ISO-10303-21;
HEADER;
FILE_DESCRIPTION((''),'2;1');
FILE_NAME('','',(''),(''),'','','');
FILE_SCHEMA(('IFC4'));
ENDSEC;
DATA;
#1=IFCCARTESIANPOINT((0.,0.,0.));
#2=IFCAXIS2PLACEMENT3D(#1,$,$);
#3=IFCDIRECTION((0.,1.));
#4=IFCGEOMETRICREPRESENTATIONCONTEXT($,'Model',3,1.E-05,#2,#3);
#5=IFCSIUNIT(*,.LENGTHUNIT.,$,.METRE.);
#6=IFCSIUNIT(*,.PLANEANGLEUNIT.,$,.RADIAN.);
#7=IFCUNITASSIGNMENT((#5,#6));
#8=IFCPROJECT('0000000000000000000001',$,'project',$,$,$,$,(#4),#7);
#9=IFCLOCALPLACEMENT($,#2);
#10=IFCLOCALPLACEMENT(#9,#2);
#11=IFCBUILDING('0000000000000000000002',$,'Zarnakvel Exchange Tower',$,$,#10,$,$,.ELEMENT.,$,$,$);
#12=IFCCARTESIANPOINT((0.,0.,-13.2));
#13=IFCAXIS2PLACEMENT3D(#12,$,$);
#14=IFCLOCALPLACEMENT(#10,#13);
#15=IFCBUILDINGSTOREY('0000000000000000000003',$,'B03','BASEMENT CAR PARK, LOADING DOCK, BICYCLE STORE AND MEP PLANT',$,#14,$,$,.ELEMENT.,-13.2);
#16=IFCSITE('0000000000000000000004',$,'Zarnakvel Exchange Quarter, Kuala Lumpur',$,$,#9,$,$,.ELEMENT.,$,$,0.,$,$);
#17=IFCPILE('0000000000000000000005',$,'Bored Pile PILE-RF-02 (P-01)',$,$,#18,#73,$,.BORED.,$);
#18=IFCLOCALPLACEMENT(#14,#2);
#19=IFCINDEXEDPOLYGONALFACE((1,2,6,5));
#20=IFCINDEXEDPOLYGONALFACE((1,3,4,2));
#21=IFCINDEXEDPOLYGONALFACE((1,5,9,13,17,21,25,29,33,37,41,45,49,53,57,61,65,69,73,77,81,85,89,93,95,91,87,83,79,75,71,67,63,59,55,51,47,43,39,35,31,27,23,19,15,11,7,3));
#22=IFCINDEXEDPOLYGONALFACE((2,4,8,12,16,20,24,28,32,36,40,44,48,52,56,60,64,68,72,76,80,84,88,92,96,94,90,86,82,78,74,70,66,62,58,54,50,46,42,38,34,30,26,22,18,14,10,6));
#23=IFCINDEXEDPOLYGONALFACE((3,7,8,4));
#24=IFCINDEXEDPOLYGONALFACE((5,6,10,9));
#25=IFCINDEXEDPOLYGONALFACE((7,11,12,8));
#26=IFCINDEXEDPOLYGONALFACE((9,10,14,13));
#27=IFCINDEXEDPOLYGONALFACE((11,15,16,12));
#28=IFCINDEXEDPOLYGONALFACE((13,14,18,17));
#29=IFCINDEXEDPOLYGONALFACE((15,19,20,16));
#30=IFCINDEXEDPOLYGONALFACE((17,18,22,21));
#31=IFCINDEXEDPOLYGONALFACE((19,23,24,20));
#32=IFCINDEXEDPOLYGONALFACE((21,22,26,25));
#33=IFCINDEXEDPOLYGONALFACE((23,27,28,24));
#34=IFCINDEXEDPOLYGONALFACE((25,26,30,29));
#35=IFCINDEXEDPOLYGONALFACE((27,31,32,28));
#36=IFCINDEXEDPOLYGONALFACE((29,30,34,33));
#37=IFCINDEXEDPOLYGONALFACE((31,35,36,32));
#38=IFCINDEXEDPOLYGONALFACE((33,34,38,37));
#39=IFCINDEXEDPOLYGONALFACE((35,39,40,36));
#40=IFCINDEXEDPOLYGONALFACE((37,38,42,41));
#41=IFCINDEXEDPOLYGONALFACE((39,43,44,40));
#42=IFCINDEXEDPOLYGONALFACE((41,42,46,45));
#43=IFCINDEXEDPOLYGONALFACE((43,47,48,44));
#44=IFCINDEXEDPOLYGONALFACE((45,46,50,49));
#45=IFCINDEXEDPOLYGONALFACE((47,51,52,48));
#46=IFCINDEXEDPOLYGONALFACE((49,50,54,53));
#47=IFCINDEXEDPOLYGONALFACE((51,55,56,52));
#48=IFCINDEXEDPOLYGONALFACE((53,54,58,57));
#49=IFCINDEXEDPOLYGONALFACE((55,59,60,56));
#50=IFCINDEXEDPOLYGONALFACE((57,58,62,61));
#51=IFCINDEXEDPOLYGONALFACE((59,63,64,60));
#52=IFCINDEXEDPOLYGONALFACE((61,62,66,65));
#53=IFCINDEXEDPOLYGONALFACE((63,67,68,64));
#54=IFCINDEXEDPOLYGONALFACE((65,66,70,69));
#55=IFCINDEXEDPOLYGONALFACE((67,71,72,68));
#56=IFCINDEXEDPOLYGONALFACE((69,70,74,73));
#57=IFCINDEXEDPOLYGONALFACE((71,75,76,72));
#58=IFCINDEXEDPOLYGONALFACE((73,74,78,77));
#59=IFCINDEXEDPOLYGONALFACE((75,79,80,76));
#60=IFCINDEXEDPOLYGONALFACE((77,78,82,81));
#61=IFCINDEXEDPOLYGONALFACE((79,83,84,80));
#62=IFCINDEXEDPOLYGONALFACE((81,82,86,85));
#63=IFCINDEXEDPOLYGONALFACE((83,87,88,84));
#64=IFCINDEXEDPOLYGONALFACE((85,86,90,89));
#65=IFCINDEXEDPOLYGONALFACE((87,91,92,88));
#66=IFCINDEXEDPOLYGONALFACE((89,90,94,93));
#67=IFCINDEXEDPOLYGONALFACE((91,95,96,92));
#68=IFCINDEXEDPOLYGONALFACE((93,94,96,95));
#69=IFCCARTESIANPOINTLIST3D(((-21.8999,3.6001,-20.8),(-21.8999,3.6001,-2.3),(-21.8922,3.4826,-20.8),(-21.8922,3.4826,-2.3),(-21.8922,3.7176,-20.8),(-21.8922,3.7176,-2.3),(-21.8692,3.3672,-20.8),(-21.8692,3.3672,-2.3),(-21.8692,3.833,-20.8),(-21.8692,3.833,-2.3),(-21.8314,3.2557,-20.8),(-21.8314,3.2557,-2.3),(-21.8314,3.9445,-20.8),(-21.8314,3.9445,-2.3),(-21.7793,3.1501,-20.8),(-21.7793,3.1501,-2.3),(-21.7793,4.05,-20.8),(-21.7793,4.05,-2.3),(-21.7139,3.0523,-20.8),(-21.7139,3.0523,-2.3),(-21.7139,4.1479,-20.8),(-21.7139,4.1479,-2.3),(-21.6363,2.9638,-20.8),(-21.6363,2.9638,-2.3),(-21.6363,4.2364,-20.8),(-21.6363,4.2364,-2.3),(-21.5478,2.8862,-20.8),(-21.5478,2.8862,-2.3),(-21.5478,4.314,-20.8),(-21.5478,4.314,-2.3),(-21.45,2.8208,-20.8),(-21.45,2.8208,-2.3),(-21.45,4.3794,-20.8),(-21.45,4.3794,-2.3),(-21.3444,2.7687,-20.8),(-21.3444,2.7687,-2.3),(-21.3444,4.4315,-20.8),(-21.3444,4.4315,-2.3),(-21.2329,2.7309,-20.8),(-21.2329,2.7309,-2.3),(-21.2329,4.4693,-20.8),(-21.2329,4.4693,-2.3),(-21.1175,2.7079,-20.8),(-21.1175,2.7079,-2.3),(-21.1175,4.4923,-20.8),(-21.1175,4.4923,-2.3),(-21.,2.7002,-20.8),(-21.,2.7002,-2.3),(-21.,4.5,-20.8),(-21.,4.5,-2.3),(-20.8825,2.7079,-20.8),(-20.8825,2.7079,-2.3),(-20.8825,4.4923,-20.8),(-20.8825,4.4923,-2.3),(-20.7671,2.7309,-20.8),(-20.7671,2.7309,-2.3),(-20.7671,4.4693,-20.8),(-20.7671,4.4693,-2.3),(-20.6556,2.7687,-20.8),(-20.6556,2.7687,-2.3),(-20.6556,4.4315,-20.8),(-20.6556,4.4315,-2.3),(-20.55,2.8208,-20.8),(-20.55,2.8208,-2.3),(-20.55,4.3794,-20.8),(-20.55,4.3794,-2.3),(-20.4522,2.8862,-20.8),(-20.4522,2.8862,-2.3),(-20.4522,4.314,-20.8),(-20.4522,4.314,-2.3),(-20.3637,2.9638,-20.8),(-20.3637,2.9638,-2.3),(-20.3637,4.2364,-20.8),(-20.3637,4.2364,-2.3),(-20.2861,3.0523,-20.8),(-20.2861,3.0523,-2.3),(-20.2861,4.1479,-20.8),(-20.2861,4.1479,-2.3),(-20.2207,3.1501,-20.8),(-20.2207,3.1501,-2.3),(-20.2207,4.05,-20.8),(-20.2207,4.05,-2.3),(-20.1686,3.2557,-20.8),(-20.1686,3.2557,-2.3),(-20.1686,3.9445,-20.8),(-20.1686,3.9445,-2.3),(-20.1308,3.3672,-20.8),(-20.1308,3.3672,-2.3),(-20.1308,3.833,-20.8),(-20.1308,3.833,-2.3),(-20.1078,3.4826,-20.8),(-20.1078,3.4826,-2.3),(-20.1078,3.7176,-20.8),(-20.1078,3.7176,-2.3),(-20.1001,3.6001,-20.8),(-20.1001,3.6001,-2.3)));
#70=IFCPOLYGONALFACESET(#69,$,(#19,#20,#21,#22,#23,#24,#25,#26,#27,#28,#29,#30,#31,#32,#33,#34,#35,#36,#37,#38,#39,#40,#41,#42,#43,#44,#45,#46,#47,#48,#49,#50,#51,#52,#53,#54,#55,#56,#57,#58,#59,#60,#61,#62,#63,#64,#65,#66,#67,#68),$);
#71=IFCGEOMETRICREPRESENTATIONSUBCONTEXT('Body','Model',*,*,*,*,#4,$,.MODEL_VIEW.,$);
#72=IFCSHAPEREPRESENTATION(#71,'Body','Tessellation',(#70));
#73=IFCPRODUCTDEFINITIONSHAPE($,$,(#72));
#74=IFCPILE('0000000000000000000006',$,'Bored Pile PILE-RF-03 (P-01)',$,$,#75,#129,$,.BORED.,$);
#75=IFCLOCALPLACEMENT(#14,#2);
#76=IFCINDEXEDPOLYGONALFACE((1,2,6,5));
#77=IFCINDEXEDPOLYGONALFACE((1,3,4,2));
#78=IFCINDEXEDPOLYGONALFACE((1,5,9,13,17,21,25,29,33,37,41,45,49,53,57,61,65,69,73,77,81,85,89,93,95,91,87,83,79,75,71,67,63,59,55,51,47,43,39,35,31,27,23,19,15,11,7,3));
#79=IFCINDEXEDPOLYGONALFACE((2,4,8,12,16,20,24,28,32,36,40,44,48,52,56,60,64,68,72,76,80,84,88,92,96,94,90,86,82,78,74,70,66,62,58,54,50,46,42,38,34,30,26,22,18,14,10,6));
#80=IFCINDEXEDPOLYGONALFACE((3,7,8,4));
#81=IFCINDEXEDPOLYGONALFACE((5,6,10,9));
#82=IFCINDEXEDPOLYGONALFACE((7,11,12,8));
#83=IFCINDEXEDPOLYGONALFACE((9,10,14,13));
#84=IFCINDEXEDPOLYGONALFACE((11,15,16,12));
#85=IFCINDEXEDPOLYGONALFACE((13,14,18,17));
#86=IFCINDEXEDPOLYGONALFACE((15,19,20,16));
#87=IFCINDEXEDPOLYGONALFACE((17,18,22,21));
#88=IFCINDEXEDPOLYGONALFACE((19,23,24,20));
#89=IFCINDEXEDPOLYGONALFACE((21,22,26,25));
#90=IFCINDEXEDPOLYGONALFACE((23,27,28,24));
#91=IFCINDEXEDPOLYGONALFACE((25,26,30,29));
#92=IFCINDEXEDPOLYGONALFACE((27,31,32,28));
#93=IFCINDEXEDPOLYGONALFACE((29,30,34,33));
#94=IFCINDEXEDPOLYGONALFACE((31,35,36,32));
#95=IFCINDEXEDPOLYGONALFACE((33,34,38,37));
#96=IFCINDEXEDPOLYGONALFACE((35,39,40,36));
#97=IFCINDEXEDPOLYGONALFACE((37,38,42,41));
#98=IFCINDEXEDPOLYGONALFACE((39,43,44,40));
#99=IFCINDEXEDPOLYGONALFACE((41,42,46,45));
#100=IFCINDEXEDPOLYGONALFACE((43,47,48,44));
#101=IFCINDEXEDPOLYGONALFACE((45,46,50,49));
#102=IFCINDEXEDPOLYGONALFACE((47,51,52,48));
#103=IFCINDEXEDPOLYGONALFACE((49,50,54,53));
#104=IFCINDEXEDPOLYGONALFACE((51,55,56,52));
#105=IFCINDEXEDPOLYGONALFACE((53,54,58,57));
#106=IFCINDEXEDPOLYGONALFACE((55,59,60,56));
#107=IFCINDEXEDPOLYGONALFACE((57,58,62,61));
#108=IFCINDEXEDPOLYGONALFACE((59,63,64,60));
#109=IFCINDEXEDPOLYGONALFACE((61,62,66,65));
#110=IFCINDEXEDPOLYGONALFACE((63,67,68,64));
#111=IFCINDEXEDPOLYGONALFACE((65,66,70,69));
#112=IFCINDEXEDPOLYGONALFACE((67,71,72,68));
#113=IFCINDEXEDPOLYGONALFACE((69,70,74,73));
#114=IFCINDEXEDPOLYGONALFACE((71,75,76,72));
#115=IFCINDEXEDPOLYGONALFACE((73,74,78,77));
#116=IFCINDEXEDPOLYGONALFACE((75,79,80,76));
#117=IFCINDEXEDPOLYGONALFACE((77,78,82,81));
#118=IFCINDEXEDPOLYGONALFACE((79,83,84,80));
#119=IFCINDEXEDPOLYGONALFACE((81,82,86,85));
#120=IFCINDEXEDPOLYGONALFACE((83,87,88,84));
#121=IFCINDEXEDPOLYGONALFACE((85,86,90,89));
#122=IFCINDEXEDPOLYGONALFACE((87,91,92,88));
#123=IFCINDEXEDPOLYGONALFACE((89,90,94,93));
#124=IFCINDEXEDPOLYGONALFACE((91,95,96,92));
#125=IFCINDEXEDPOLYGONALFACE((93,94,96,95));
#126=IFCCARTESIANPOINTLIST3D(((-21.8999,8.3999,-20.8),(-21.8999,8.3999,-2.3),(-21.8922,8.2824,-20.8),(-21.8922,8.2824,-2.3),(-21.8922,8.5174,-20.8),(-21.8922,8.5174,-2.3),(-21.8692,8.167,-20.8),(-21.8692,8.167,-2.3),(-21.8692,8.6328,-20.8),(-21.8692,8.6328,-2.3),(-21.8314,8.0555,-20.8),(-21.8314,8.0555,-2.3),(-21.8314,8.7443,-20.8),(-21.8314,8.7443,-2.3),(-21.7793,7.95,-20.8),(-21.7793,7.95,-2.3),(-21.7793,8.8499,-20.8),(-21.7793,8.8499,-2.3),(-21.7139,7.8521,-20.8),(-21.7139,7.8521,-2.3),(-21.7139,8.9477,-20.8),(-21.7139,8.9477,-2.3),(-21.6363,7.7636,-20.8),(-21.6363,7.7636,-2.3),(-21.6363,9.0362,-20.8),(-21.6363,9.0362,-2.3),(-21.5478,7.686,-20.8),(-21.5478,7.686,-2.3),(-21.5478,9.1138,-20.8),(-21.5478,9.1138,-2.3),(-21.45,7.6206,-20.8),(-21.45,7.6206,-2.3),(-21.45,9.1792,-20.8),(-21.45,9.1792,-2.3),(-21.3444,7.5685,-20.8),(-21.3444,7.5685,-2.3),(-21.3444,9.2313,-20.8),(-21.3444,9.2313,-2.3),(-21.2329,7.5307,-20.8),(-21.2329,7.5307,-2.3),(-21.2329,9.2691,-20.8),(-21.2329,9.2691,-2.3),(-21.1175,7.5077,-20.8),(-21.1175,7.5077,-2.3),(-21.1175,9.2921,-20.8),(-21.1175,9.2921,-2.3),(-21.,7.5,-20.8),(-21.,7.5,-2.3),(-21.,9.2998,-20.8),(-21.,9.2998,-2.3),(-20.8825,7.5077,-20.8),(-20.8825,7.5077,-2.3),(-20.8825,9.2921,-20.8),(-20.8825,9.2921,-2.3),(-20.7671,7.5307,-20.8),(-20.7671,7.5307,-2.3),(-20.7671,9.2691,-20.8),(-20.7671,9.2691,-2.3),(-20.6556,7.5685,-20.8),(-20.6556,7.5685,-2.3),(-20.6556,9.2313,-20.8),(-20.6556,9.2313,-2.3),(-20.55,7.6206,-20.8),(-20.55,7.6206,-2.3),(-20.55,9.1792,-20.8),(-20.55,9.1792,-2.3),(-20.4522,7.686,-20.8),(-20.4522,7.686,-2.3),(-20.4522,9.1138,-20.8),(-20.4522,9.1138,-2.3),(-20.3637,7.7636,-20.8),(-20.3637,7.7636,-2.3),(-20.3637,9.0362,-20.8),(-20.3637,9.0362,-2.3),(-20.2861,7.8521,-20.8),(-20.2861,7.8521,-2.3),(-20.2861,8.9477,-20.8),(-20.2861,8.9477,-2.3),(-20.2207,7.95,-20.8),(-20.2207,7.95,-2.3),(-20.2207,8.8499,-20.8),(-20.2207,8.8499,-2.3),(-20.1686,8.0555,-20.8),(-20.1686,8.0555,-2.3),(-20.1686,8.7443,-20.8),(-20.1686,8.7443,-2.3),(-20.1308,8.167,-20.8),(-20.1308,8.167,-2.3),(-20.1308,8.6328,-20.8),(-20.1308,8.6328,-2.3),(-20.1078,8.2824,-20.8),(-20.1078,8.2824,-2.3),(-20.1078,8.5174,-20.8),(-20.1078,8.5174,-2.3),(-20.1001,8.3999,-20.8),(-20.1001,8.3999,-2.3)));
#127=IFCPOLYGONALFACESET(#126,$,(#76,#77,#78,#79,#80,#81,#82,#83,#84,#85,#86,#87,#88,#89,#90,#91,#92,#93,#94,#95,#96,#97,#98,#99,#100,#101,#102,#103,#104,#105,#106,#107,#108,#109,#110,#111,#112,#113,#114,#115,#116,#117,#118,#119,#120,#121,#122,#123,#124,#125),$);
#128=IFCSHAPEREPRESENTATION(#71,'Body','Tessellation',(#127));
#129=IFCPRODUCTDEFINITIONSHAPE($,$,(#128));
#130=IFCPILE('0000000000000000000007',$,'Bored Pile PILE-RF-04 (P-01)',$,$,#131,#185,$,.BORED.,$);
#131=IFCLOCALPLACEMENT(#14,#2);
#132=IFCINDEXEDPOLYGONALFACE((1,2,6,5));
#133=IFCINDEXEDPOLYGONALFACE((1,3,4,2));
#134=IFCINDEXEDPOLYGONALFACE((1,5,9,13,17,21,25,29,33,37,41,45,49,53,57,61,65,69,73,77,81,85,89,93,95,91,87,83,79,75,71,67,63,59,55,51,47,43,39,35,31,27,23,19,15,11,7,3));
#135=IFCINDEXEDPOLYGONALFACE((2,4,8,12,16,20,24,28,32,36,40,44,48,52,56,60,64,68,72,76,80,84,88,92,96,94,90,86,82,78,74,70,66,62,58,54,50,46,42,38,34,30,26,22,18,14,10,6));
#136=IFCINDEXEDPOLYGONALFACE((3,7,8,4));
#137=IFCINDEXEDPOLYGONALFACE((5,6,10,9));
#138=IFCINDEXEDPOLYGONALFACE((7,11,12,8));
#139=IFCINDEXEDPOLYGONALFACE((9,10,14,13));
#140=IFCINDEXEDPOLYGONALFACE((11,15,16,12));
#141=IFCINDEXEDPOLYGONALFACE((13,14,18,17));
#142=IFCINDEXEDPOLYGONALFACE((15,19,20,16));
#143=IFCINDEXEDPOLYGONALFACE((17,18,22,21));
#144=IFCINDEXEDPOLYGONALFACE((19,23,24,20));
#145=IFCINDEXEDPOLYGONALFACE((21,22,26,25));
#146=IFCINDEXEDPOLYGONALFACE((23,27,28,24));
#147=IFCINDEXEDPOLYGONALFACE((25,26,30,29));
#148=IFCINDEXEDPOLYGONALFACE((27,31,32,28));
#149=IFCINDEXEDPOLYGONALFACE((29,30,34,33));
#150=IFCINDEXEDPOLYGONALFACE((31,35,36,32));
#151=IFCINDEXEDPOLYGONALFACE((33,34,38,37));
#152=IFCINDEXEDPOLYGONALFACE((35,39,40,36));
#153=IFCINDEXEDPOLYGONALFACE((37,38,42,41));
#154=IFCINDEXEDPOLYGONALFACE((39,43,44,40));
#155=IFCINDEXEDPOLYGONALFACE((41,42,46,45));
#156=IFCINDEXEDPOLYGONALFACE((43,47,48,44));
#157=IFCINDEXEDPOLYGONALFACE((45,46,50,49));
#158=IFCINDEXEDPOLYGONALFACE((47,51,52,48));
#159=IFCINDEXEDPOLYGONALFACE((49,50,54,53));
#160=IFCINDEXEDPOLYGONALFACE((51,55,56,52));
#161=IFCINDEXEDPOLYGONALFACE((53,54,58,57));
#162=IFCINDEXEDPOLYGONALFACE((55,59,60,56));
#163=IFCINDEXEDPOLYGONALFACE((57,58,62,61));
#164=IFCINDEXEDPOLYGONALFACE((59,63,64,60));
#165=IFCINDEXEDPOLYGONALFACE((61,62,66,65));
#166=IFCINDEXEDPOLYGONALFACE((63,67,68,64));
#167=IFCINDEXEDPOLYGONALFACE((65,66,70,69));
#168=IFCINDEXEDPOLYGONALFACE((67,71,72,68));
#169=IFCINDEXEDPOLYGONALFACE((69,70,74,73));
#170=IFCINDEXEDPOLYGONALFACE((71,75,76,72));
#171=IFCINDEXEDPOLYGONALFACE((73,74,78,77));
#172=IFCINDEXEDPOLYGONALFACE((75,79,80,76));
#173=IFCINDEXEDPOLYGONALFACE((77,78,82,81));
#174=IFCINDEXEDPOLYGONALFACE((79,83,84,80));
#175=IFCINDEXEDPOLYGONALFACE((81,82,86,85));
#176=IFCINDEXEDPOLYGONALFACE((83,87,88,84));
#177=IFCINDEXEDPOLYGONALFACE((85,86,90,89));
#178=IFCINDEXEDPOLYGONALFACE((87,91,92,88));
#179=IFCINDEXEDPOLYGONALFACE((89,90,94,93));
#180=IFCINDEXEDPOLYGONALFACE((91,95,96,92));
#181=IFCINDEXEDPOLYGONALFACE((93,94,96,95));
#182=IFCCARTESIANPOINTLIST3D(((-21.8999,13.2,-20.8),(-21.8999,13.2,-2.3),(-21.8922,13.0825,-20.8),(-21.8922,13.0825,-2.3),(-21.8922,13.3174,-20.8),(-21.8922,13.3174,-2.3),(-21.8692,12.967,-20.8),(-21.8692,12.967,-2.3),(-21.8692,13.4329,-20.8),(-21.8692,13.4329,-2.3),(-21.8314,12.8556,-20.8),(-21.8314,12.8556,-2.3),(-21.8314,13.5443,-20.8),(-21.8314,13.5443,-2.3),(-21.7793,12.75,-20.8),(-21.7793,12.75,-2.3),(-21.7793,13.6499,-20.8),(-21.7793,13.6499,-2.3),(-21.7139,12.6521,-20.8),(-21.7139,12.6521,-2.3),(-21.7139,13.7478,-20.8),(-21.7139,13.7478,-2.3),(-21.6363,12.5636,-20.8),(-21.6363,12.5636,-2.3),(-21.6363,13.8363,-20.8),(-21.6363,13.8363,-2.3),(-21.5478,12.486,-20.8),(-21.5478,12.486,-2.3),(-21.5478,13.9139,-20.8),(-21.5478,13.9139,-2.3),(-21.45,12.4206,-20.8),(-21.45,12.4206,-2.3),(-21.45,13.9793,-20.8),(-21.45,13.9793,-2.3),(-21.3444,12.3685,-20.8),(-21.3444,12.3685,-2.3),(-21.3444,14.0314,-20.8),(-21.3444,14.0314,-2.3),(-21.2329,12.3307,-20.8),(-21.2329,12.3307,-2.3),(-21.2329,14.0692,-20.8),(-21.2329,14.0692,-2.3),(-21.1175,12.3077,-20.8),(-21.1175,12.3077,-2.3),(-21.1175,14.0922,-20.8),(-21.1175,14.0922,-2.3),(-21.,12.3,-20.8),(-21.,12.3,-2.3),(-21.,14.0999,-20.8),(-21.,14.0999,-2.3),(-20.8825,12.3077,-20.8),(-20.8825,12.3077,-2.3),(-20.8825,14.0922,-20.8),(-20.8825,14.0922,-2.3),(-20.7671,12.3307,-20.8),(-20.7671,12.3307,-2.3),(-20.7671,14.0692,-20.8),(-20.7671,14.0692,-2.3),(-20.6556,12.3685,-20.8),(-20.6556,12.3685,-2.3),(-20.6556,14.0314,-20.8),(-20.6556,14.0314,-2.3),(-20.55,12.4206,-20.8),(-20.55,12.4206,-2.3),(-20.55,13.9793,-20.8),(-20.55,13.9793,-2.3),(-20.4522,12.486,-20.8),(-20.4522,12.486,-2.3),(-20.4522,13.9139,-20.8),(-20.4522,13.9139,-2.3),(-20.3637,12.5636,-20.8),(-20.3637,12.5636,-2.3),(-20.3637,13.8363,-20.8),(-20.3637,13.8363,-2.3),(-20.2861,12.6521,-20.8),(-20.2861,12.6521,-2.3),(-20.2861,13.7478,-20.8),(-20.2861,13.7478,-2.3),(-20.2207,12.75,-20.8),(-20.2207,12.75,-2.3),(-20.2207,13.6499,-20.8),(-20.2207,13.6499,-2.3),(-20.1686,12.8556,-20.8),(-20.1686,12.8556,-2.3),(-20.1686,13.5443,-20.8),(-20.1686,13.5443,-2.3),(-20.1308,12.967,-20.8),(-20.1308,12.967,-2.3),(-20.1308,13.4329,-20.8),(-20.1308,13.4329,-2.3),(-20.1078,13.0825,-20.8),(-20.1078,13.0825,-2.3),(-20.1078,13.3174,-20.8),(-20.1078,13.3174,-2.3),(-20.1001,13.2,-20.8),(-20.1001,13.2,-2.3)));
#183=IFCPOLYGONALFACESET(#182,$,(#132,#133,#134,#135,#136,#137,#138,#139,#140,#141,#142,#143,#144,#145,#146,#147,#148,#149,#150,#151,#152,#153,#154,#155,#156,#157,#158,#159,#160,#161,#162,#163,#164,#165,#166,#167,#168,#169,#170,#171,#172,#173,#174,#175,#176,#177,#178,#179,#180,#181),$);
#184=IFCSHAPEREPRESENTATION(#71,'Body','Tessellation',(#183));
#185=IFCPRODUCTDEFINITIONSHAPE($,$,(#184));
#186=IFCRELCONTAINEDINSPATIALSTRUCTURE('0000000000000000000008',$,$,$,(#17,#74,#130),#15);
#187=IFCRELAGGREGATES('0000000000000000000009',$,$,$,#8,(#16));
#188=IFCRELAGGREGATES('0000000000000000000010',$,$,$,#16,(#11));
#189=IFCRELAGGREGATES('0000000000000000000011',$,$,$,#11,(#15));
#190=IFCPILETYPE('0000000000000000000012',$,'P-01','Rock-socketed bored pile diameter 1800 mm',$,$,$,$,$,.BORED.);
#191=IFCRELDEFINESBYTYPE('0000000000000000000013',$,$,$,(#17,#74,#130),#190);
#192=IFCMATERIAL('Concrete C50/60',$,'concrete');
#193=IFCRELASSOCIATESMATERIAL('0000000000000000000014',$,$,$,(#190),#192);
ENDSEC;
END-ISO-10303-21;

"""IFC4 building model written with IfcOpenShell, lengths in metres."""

from ifc_helpers import new_model, si_unit, direction, frame, origin, origin_2d, place, context, subcontext, project, spatial, circle, extrude, material, material_profile, profile_set, type_object, element, save


model = new_model("IFC4")

# Units and contexts
model_context = context("Model", 3, precision=1e-05, world=origin(), true_north=direction((0.0, 1.0)))
body_context = subcontext(model_context, "Body", "Model", "MODEL_VIEW")
ifc_project = project(units=[si_unit("LENGTHUNIT", "METRE"), si_unit("PLANEANGLEUNIT", "RADIAN")], contexts=[model_context])

# Site, building, storey
site_placement = place(None, origin())
site = spatial("IfcSite", under=ifc_project, at=site_placement, Name="Zarnakvel Exchange Quarter, Kuala Lumpur", CompositionType="ELEMENT", RefElevation=0.0)
building_placement = place(site_placement, origin())
building = spatial("IfcBuilding", under=site, at=building_placement, Name="Zarnakvel Exchange Tower", CompositionType="ELEMENT")
storey_placement = place(building_placement, frame((0.0, 0.0, -13.2)))
storey = spatial("IfcBuildingStorey", under=building, at=storey_placement, Name="B03", Description="BASEMENT CAR PARK, LOADING DOCK, BICYCLE STORE AND MEP PLANT", CompositionType="ELEMENT", Elevation=-13.2)

# Piles
ifc_material_1 = material(Name="Concrete C50/60", Category="concrete")
ifc_material_profile_1 = material_profile(ifc_material_1, circle(Radius=0.8999, at=origin_2d()))
ifc_profile_set_1 = profile_set([ifc_material_profile_1], Name="Concrete C50/60")
pile_type = type_object("IfcPileType", Name="P-01", Description="Rock-socketed bored pile diameter 1800 mm", PredefinedType="BORED", material=ifc_profile_set_1)
for number, where, z_axis, x_axis, name in (
    (1, (-21.0, 3.6001, -2.3), (0.0, 0.0, -1.0), (1.0, 0.0, 0.0), "Bored Pile PILE-RF-02 (P-01)"),
    (2, (-21.0, 8.3999, -2.3), (0.0, 0.0, -1.0), (1.0, 0.0, 0.0), "Bored Pile PILE-RF-03 (P-01)"),
    (3, (-21.0, 13.2, -2.3), (0.0, 0.0, -1.0), (1.0, 0.0, 0.0), "Bored Pile PILE-RF-04 (P-01)"),
):
    element("IfcPile", number, at=place(storey_placement, frame(where, z_axis=z_axis, x_axis=x_axis)), inside=storey, type_object=pile_type, Name=name, PredefinedType="BORED", context=body_context, shape_type="SweptSolid", body=[
        extrude(circle(Radius=0.8999, at=origin_2d()), origin(), (0.0, 0.0, 1.0), 18.5),
    ])

save(model, "model.ifc")
